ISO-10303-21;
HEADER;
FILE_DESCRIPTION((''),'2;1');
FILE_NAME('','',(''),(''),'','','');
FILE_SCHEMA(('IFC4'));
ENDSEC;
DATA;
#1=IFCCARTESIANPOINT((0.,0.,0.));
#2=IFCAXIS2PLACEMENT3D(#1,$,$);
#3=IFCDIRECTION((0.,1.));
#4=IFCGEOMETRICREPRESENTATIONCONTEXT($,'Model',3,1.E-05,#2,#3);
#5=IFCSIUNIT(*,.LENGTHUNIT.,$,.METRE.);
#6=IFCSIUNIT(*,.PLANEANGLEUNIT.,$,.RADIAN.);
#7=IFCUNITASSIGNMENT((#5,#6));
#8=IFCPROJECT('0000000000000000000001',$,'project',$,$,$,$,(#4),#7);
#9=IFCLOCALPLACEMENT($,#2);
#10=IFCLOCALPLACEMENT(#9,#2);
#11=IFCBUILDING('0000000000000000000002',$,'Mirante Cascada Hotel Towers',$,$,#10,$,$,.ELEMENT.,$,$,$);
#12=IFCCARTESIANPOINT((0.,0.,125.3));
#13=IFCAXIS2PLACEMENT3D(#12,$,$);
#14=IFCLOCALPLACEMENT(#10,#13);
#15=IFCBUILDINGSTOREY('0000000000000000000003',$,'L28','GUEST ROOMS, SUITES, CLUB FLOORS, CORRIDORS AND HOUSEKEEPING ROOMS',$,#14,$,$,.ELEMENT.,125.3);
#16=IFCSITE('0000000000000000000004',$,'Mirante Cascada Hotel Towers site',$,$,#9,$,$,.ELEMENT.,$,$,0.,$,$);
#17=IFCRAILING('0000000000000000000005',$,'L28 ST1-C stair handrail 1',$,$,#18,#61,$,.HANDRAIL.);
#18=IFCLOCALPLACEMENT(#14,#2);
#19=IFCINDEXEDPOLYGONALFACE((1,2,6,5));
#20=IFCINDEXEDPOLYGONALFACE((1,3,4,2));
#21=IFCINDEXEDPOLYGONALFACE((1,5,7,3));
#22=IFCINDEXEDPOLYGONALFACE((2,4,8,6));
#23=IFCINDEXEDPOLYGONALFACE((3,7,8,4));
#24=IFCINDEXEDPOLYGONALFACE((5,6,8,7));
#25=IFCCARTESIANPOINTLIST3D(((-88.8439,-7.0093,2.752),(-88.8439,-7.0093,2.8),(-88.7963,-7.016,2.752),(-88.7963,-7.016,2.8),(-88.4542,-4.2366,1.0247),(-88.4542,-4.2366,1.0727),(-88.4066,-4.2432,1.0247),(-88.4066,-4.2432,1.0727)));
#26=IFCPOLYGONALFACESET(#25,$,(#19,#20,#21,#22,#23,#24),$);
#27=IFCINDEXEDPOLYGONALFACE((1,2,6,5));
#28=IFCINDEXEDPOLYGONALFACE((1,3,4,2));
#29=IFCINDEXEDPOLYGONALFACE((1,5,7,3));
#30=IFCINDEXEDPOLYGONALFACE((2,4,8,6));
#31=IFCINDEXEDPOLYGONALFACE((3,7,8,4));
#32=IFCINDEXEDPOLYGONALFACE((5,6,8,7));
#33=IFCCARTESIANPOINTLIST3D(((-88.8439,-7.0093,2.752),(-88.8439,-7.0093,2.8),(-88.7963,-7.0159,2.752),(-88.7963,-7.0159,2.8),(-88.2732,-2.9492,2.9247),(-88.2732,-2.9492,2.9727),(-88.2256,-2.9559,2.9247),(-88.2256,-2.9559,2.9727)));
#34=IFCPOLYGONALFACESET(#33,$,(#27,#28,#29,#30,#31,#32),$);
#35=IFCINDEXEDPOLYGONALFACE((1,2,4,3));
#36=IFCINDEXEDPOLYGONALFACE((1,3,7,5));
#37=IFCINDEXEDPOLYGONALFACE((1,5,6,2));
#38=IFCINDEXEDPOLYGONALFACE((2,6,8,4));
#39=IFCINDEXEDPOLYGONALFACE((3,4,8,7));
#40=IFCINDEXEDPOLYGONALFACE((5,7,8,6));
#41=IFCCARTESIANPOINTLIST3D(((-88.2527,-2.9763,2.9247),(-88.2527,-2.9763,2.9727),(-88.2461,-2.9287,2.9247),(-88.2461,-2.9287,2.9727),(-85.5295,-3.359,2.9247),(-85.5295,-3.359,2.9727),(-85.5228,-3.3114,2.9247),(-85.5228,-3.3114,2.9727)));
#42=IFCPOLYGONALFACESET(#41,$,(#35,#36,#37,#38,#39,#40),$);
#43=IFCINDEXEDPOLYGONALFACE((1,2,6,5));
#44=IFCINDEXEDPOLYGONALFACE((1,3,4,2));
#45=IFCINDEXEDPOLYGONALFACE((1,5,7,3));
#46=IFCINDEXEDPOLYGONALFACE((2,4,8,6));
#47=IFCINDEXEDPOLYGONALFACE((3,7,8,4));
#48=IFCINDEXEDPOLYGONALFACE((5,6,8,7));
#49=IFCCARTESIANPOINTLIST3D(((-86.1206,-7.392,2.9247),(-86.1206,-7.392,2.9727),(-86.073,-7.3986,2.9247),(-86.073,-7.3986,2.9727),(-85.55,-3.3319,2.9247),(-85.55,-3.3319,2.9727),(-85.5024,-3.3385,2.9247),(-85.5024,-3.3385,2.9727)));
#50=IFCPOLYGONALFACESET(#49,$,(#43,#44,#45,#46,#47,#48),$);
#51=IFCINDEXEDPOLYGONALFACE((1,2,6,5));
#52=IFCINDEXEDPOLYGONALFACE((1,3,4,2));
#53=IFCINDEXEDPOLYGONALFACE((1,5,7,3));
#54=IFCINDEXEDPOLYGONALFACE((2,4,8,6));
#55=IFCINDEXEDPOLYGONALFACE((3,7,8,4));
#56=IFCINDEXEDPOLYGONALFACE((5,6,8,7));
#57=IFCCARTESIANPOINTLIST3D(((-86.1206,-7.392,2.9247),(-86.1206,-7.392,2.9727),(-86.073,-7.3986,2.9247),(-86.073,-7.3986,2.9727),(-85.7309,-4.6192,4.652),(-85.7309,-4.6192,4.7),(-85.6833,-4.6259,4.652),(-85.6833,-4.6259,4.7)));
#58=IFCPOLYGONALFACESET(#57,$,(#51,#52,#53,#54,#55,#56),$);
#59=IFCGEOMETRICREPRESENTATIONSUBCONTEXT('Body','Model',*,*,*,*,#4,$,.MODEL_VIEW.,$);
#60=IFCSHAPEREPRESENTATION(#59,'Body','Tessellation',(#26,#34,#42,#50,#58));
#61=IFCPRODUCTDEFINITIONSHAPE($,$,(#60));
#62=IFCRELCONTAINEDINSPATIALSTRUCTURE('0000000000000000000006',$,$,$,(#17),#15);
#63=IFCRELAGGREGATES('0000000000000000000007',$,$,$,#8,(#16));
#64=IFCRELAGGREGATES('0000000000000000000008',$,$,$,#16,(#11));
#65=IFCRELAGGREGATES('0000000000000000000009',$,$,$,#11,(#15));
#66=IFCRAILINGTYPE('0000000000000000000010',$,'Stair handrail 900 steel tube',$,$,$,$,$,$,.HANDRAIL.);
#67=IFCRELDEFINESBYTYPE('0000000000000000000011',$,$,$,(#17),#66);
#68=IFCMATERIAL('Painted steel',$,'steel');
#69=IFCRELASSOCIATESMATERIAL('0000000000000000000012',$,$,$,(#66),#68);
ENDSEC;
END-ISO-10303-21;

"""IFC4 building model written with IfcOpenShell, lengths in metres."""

from ifc_helpers import new_model, si_unit, direction, frame, origin, origin_2d, place, context, subcontext, project, spatial, rectangle, extrude, material, type_object, element, save


model = new_model("IFC4")

# Units and contexts
model_context = context("Model", 3, precision=1e-05, world=origin(), true_north=direction((0.0, 1.0)))
body_context = subcontext(model_context, "Body", "Model", "MODEL_VIEW")
ifc_project = project(units=[si_unit("LENGTHUNIT", "METRE"), si_unit("PLANEANGLEUNIT", "RADIAN")], contexts=[model_context])

# Site, building, storey
site_placement = place(None, origin())
site = spatial("IfcSite", under=ifc_project, at=site_placement, Name="Mirante Cascada Hotel Towers site", CompositionType="ELEMENT", RefElevation=0.0)
building_placement = place(site_placement, origin())
building = spatial("IfcBuilding", under=site, at=building_placement, Name="Mirante Cascada Hotel Towers", CompositionType="ELEMENT")
storey_placement = place(building_placement, frame((0.0, 0.0, 125.3)))
storey = spatial("IfcBuildingStorey", under=building, at=storey_placement, Name="L28", Description="GUEST ROOMS, SUITES, CLUB FLOORS, CORRIDORS AND HOUSEKEEPING ROOMS", CompositionType="ELEMENT", Elevation=125.3)

# Railing
ifc_material_1 = material(Name="Painted steel", Category="steel")
railing_type_1 = type_object("IfcRailingType", Name="Stair handrail 900 steel tube", PredefinedType="HANDRAIL", material=ifc_material_1)
railing_1_placement = place(storey_placement, frame((-88.4304, -4.2399, 0.1727)))
element("IfcRailing", 1, at=railing_1_placement, inside=storey, type_object=railing_type_1, Name="L28 ST1-C stair handrail 1", PredefinedType="HANDRAIL", context=body_context, shape_type="SweptSolid", body=[
    extrude(rectangle(XDim=0.048, YDim=0.048, at=origin_2d()), frame((0.0, 0.0, 0.876), z_axis=(-0.139181, -0.990267, 0.0), x_axis=(0.990267, -0.139181, 0.0)), (0.0, 0.525035, 0.851081), 3.2899),
    extrude(rectangle(XDim=0.048, YDim=0.048, at=origin_2d()), frame((-0.3897, -2.7727, 2.6033), z_axis=(0.139195, 0.990265, 0.0), x_axis=(-0.990265, 0.139195, 0.0)), (0.0, 0.042084, 0.999114), 4.1036),
    extrude(rectangle(XDim=0.048, YDim=0.048, at=origin_2d()), frame((0.181, 1.2874, 2.776), z_axis=(0.990269, -0.139166, 0.0), x_axis=(0.139166, 0.990269, 0.0)), (0.0, 0.0, 1.0), 2.75),
    extrude(rectangle(XDim=0.048, YDim=0.048, at=origin_2d()), frame((2.9042, 0.9047, 2.776), z_axis=(-0.139171, -0.990268, 0.0), x_axis=(0.990268, -0.139171, 0.0)), (0.0, 0.0, 1.0), 4.1),
    extrude(rectangle(XDim=0.048, YDim=0.048, at=origin_2d()), frame((2.3336, -3.1554, 2.776), z_axis=(0.139181, 0.990267, 0.0), x_axis=(-0.990267, 0.139181, 0.0)), (0.0, 0.525035, 0.851081), 3.2899),
])

save(model, "model.ifc")
